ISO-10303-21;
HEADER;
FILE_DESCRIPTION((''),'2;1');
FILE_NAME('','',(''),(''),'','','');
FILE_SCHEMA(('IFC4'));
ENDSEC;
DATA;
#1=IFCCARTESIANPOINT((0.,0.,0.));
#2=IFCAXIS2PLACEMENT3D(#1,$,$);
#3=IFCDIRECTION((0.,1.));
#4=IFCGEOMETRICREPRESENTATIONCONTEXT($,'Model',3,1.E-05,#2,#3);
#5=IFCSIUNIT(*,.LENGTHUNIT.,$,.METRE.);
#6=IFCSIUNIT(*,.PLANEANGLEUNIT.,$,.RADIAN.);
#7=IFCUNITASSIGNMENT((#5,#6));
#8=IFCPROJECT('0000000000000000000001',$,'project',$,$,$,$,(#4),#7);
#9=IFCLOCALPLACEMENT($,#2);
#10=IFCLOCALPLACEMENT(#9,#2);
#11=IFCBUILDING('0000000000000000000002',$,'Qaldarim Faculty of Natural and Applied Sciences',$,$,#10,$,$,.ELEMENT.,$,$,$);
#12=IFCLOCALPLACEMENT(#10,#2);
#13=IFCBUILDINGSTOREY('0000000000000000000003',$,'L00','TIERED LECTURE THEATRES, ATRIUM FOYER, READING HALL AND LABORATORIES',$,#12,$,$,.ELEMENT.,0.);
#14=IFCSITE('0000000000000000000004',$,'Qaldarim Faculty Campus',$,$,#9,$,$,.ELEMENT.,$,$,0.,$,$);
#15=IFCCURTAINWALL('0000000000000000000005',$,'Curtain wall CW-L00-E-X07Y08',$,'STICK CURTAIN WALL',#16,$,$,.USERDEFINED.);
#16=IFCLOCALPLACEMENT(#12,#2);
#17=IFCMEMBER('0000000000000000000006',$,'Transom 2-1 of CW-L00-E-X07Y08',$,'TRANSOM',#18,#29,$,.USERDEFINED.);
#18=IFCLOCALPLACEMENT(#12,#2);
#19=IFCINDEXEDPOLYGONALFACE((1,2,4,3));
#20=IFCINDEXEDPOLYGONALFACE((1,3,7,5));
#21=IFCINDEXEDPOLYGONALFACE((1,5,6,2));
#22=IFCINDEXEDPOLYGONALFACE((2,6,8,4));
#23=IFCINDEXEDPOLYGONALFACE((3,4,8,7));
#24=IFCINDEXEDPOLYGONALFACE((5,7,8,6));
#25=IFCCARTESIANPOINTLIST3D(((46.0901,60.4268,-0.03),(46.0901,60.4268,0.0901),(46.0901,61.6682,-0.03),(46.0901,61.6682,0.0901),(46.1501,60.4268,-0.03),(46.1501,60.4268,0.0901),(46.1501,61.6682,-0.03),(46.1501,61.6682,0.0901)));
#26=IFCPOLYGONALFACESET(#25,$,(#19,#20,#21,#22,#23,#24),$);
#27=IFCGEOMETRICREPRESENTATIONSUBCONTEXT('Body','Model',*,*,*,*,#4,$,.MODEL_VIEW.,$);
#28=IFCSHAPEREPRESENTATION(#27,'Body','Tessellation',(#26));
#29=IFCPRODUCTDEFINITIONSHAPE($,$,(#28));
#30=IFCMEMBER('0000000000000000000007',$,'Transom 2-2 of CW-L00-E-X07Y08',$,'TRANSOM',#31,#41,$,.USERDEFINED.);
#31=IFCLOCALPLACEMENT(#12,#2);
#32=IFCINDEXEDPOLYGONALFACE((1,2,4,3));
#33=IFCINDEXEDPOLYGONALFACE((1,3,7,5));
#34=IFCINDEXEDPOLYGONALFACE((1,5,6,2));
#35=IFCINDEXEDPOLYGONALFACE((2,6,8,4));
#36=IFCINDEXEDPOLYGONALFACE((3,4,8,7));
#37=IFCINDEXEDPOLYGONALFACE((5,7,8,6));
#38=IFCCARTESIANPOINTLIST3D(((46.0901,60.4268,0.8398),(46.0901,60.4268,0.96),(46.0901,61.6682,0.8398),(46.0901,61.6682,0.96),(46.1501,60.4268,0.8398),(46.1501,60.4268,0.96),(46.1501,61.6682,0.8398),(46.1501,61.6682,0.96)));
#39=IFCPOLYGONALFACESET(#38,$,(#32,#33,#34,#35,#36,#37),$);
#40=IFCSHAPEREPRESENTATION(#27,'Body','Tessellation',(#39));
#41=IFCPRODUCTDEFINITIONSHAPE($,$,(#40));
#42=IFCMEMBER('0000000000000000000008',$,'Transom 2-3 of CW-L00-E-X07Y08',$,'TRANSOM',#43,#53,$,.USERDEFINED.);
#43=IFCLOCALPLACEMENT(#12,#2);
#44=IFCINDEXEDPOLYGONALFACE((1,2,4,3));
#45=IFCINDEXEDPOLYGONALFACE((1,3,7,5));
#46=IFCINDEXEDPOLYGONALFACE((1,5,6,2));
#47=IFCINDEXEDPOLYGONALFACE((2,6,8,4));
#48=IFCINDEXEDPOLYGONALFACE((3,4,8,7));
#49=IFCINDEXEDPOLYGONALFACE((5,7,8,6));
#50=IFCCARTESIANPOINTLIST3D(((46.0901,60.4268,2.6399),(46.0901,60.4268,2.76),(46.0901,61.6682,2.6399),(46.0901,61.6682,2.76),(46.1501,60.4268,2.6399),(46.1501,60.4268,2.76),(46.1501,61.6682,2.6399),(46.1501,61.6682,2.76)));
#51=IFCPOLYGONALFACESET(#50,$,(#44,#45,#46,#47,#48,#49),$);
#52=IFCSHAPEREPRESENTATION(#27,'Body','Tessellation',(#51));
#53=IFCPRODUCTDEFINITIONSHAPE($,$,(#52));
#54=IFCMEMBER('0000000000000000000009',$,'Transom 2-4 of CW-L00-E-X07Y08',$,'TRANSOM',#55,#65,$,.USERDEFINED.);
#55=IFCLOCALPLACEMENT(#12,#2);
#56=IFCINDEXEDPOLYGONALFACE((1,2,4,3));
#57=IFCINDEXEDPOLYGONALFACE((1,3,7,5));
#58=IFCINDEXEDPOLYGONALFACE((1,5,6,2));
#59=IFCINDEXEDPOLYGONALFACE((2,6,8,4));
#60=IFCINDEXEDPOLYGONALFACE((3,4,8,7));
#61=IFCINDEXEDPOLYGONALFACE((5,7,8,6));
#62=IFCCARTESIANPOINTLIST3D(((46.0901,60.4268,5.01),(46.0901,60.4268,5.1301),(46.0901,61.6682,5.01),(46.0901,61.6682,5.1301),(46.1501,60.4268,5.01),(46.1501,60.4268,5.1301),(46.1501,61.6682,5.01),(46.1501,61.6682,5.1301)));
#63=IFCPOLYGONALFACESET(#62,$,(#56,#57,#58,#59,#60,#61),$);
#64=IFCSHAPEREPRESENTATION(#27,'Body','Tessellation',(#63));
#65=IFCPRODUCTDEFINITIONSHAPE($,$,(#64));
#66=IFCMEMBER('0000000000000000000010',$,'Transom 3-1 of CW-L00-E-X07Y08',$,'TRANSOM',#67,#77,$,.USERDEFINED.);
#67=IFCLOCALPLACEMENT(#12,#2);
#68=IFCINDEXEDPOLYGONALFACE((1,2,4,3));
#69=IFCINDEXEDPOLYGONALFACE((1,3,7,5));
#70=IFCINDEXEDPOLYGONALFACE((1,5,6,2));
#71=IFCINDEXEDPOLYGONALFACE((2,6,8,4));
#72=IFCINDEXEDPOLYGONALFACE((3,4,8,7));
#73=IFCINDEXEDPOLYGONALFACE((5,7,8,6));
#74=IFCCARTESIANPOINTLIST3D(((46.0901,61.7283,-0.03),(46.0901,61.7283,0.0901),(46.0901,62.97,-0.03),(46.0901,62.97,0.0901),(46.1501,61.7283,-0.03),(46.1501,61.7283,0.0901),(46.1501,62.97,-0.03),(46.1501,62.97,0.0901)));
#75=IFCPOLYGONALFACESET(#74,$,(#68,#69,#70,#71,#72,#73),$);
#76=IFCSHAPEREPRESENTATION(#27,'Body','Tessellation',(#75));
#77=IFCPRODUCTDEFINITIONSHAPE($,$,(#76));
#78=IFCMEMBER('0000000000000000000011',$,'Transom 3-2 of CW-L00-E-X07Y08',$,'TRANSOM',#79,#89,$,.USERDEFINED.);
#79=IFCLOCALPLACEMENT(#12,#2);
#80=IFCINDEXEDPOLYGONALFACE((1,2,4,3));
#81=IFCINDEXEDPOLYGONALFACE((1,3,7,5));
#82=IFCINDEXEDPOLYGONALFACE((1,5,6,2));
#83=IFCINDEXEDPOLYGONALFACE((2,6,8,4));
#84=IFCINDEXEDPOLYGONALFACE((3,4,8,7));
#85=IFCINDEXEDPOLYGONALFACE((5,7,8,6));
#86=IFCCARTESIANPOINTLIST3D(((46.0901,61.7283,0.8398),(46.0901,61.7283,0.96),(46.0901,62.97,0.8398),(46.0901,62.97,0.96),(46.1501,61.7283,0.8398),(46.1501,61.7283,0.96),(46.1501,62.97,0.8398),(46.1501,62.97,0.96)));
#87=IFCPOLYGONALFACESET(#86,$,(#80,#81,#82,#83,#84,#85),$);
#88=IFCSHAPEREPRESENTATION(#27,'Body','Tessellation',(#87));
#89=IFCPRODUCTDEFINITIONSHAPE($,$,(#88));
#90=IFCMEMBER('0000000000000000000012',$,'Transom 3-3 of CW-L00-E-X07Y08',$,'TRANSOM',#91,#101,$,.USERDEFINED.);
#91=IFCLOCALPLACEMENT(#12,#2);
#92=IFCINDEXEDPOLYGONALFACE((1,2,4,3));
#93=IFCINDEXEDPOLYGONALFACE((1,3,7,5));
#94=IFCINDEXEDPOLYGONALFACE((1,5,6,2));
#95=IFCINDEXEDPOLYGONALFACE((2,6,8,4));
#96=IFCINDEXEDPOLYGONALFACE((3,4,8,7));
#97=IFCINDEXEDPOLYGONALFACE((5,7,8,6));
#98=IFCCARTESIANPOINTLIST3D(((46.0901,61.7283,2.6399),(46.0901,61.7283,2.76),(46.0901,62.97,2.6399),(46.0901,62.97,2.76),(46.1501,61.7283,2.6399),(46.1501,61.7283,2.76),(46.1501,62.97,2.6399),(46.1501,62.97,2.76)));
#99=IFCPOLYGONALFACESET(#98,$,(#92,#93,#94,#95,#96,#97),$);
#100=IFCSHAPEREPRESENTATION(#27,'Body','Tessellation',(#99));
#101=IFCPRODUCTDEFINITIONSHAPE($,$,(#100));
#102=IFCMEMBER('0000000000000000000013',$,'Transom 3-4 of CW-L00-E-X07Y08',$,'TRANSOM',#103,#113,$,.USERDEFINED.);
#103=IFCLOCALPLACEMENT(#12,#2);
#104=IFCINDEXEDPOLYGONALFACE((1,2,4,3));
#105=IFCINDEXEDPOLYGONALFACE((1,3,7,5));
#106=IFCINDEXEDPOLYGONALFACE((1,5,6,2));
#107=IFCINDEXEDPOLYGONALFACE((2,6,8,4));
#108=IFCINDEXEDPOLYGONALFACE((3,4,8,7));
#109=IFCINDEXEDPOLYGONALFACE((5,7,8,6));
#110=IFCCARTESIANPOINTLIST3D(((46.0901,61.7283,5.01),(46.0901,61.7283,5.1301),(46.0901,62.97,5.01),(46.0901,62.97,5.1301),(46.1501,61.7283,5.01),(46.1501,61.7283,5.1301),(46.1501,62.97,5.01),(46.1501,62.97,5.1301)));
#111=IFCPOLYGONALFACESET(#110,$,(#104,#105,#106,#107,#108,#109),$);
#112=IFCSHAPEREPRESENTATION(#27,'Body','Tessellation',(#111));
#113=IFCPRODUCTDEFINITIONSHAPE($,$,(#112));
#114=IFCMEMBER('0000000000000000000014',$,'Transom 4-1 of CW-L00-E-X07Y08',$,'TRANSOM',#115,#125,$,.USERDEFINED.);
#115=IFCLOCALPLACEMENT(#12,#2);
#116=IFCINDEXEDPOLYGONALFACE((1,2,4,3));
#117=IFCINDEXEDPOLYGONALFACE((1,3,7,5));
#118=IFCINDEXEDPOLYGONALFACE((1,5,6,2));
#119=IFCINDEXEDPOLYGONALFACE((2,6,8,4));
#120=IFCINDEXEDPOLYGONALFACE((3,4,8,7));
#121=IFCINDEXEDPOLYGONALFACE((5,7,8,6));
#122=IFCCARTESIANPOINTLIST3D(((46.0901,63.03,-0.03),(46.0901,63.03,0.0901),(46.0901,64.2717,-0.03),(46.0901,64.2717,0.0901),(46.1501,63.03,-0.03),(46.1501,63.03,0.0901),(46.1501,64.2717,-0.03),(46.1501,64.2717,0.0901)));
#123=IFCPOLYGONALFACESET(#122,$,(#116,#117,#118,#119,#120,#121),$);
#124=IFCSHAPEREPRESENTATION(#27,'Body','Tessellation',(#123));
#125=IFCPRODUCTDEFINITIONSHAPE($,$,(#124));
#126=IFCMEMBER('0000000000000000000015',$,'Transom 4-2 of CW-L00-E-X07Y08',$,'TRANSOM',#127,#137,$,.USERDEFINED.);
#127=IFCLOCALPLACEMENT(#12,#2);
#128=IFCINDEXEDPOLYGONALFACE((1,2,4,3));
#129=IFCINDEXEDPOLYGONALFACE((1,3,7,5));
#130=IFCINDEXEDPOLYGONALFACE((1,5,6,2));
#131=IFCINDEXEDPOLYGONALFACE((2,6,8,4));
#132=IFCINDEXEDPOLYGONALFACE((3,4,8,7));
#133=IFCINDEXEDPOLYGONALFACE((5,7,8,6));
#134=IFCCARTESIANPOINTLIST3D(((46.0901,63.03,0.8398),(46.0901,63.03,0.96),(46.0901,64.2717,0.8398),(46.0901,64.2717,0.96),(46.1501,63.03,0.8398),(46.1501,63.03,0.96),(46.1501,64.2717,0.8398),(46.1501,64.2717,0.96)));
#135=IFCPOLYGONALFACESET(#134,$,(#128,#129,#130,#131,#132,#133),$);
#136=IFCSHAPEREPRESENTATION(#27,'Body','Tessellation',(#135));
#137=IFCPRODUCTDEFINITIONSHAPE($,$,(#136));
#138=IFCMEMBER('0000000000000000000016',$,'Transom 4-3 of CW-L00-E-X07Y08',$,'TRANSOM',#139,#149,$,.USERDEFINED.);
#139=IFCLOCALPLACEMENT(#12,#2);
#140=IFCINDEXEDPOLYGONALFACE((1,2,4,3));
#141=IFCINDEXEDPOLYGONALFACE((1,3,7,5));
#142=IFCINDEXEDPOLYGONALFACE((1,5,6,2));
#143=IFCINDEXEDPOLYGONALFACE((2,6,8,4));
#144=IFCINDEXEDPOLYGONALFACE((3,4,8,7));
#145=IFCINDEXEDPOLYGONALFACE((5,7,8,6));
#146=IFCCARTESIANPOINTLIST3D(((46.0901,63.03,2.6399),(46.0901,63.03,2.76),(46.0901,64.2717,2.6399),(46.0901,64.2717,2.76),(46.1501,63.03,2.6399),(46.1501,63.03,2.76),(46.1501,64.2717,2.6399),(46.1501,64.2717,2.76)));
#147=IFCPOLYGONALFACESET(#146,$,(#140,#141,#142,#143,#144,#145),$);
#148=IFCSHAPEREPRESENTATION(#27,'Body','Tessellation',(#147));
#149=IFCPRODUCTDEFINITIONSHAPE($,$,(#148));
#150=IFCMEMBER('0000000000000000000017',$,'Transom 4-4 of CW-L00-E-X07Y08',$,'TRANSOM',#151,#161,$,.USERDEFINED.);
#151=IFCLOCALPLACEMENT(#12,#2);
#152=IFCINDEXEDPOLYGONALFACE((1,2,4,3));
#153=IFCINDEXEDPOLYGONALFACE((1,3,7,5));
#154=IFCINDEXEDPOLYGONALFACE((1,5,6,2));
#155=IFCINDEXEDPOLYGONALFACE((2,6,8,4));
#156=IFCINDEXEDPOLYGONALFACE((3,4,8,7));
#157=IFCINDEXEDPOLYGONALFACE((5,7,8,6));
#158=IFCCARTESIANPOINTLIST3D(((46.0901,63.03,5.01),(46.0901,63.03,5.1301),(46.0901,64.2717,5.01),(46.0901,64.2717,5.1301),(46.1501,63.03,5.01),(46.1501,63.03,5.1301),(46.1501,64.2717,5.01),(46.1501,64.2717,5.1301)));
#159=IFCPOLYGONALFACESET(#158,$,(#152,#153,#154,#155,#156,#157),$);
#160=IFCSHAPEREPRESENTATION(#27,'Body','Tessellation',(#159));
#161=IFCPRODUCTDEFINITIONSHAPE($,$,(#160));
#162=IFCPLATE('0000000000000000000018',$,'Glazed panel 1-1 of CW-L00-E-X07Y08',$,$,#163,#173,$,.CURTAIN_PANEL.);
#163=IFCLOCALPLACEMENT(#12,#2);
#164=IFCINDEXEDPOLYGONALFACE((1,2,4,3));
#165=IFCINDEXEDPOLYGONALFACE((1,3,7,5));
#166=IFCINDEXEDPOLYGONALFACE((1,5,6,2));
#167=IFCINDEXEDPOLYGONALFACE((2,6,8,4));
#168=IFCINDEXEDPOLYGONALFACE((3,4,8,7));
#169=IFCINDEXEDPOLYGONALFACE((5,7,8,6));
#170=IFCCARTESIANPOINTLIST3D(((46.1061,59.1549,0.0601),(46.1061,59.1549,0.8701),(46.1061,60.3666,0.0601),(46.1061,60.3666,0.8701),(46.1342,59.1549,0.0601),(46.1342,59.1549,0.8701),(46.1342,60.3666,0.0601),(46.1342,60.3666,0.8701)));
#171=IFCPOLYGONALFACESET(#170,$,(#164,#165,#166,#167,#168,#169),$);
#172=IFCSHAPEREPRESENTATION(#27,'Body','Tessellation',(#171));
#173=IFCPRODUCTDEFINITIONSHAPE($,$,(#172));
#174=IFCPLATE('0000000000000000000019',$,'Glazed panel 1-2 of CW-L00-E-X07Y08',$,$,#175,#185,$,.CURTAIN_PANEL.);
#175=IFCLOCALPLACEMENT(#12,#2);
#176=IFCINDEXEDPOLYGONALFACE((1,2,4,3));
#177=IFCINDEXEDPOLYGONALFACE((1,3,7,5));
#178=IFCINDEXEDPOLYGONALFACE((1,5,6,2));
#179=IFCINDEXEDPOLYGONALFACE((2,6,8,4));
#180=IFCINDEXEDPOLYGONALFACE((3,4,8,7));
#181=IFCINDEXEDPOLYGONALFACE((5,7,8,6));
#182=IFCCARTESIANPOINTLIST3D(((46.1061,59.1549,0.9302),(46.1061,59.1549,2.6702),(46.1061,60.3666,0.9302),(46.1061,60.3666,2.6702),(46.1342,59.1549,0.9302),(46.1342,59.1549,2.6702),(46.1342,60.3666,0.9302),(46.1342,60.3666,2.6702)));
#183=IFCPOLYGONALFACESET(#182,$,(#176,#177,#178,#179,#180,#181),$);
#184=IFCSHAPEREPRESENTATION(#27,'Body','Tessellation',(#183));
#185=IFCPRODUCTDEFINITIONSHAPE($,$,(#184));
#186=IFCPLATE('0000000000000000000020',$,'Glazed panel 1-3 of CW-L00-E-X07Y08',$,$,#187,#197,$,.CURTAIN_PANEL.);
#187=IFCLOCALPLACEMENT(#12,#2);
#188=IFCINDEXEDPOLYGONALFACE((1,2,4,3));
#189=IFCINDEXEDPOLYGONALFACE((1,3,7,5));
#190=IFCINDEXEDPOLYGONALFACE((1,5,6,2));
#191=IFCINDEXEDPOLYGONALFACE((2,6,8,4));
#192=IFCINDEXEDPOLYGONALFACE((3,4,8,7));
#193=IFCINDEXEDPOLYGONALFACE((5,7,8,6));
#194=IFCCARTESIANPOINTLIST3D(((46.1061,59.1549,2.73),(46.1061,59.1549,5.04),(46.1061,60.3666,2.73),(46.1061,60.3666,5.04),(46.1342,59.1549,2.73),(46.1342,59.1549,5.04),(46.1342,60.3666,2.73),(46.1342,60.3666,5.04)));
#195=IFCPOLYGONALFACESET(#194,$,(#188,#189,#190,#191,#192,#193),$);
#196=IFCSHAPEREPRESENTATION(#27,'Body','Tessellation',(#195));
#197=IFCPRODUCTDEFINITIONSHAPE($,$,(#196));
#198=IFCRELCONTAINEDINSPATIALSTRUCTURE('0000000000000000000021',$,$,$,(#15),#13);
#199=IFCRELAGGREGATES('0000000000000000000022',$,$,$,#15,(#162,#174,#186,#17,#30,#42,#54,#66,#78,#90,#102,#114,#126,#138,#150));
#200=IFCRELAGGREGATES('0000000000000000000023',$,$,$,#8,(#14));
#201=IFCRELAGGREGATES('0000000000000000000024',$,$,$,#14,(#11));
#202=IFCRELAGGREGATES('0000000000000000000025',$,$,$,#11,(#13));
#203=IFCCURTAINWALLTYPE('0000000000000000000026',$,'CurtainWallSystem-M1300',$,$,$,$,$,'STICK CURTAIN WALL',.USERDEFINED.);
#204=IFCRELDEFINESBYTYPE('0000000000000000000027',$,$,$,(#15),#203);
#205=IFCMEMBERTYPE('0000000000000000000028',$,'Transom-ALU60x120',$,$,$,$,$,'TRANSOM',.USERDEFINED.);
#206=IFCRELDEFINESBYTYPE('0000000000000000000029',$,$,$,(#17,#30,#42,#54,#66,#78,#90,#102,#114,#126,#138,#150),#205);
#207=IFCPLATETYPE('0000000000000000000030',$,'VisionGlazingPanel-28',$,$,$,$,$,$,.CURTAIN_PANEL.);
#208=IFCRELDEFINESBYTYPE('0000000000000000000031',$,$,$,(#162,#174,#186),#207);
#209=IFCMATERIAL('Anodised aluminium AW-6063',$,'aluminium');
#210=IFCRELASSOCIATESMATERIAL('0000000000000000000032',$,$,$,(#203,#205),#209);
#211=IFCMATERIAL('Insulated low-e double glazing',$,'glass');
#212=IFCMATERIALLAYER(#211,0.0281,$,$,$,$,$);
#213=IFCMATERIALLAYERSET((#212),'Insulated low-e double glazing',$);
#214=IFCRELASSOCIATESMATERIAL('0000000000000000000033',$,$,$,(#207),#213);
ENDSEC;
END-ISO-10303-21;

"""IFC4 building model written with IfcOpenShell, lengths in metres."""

from ifc_helpers import new_model, si_unit, direction, frame, origin, origin_2d, place, context, subcontext, project, spatial, rectangle, extrude, material, layer, layer_set, material_profile, profile_set, type_object, element, aggregate, save


model = new_model("IFC4")

# Units and contexts
model_context = context("Model", 3, precision=1e-05, world=origin(), true_north=direction((0.0, 1.0)))
body_context = subcontext(model_context, "Body", "Model", "MODEL_VIEW")
ifc_project = project(units=[si_unit("LENGTHUNIT", "METRE"), si_unit("PLANEANGLEUNIT", "RADIAN")], contexts=[model_context])

# Site, building, storey
site_placement = place(None, origin())
site = spatial("IfcSite", under=ifc_project, at=site_placement, Name="Qaldarim Faculty Campus", CompositionType="ELEMENT", RefElevation=0.0)
building_placement = place(site_placement, origin())
building = spatial("IfcBuilding", under=site, at=building_placement, Name="Qaldarim Faculty of Natural and Applied Sciences", CompositionType="ELEMENT")
storey_placement = place(building_placement, origin())
storey = spatial("IfcBuildingStorey", under=building, at=storey_placement, Name="L00", Description="TIERED LECTURE THEATRES, ATRIUM FOYER, READING HALL AND LABORATORIES", CompositionType="ELEMENT", Elevation=0.0)

# Curtain wall
ifc_material_1 = material(Name="Anodised aluminium AW-6063", Category="aluminium")
curtain_wall_type = type_object("IfcCurtainWallType", Name="CurtainWallSystem-M1300", ElementType="STICK CURTAIN WALL", PredefinedType="USERDEFINED", material=ifc_material_1)
curtain_wall_placement = place(storey_placement, origin())
curtain_wall = element("IfcCurtainWall", 1, at=curtain_wall_placement, inside=storey, type_object=curtain_wall_type, Name="Curtain wall CW-L00-E-X07Y08", ObjectType="STICK CURTAIN WALL", PredefinedType="USERDEFINED")

# Members
ifc_material_profile_1 = material_profile(ifc_material_1, rectangle(XDim=0.0601, YDim=0.1201, at=origin_2d()), Name="ALU-T60x120")
ifc_profile_set_1 = profile_set([ifc_material_profile_1], Name="Anodised aluminium AW-6063")
member_type_1 = type_object("IfcMemberType", Name="Transom-ALU60x120", ElementType="TRANSOM", PredefinedType="USERDEFINED", material=ifc_profile_set_1)
member_1_placement = place(storey_placement, frame((46.1201, 60.4268, 0.03), z_axis=(0.0, 1.0, 0.0), x_axis=(-1.0, 0.0, 0.0)))
member_1 = element("IfcMember", 2, at=member_1_placement, type_object=member_type_1, Name="Transom 2-1 of CW-L00-E-X07Y08", ObjectType="TRANSOM", PredefinedType="USERDEFINED", context=body_context, shape_type="SweptSolid", body=[
    extrude(rectangle(XDim=0.0601, YDim=0.1201, at=origin_2d()), origin(), (0.0, 0.0, 1.0), 1.2415),
])
member_2_placement = place(storey_placement, frame((46.1201, 60.4268, 0.8999), z_axis=(0.0, 1.0, 0.0), x_axis=(-1.0, 0.0, 0.0)))
member_2 = element("IfcMember", 3, at=member_2_placement, type_object=member_type_1, Name="Transom 2-2 of CW-L00-E-X07Y08", ObjectType="TRANSOM", PredefinedType="USERDEFINED", context=body_context, shape_type="SweptSolid", body=[
    extrude(rectangle(XDim=0.0601, YDim=0.1201, at=origin_2d()), origin(), (0.0, 0.0, 1.0), 1.2415),
])
member_3_placement = place(storey_placement, frame((46.1201, 60.4268, 2.7), z_axis=(0.0, 1.0, 0.0), x_axis=(-1.0, 0.0, 0.0)))
member_3 = element("IfcMember", 4, at=member_3_placement, type_object=member_type_1, Name="Transom 2-3 of CW-L00-E-X07Y08", ObjectType="TRANSOM", PredefinedType="USERDEFINED", context=body_context, shape_type="SweptSolid", body=[
    extrude(rectangle(XDim=0.0601, YDim=0.1201, at=origin_2d()), origin(), (0.0, 0.0, 1.0), 1.2415),
])
member_4_placement = place(storey_placement, frame((46.1201, 60.4268, 5.0701), z_axis=(0.0, 1.0, 0.0), x_axis=(-1.0, 0.0, 0.0)))
member_4 = element("IfcMember", 5, at=member_4_placement, type_object=member_type_1, Name="Transom 2-4 of CW-L00-E-X07Y08", ObjectType="TRANSOM", PredefinedType="USERDEFINED", context=body_context, shape_type="SweptSolid", body=[
    extrude(rectangle(XDim=0.0601, YDim=0.1201, at=origin_2d()), origin(), (0.0, 0.0, 1.0), 1.2415),
])
member_5_placement = place(storey_placement, frame((46.1201, 61.7283, 0.03), z_axis=(0.0, 1.0, 0.0), x_axis=(-1.0, 0.0, 0.0)))
member_5 = element("IfcMember", 6, at=member_5_placement, type_object=member_type_1, Name="Transom 3-1 of CW-L00-E-X07Y08", ObjectType="TRANSOM", PredefinedType="USERDEFINED", context=body_context, shape_type="SweptSolid", body=[
    extrude(rectangle(XDim=0.0601, YDim=0.1201, at=origin_2d()), origin(), (0.0, 0.0, 1.0), 1.2417),
])
member_6_placement = place(storey_placement, frame((46.1201, 61.7283, 0.8999), z_axis=(0.0, 1.0, 0.0), x_axis=(-1.0, 0.0, 0.0)))
member_6 = element("IfcMember", 7, at=member_6_placement, type_object=member_type_1, Name="Transom 3-2 of CW-L00-E-X07Y08", ObjectType="TRANSOM", PredefinedType="USERDEFINED", context=body_context, shape_type="SweptSolid", body=[
    extrude(rectangle(XDim=0.0601, YDim=0.1201, at=origin_2d()), origin(), (0.0, 0.0, 1.0), 1.2417),
])
member_7_placement = place(storey_placement, frame((46.1201, 61.7283, 2.7), z_axis=(0.0, 1.0, 0.0), x_axis=(-1.0, 0.0, 0.0)))
member_7 = element("IfcMember", 8, at=member_7_placement, type_object=member_type_1, Name="Transom 3-3 of CW-L00-E-X07Y08", ObjectType="TRANSOM", PredefinedType="USERDEFINED", context=body_context, shape_type="SweptSolid", body=[
    extrude(rectangle(XDim=0.0601, YDim=0.1201, at=origin_2d()), origin(), (0.0, 0.0, 1.0), 1.2417),
])
member_8_placement = place(storey_placement, frame((46.1201, 61.7283, 5.0701), z_axis=(0.0, 1.0, 0.0), x_axis=(-1.0, 0.0, 0.0)))
member_8 = element("IfcMember", 9, at=member_8_placement, type_object=member_type_1, Name="Transom 3-4 of CW-L00-E-X07Y08", ObjectType="TRANSOM", PredefinedType="USERDEFINED", context=body_context, shape_type="SweptSolid", body=[
    extrude(rectangle(XDim=0.0601, YDim=0.1201, at=origin_2d()), origin(), (0.0, 0.0, 1.0), 1.2417),
])
member_9_placement = place(storey_placement, frame((46.1201, 63.03, 0.03), z_axis=(0.0, 1.0, 0.0), x_axis=(-1.0, 0.0, 0.0)))
member_9 = element("IfcMember", 10, at=member_9_placement, type_object=member_type_1, Name="Transom 4-1 of CW-L00-E-X07Y08", ObjectType="TRANSOM", PredefinedType="USERDEFINED", context=body_context, shape_type="SweptSolid", body=[
    extrude(rectangle(XDim=0.0601, YDim=0.1201, at=origin_2d()), origin(), (0.0, 0.0, 1.0), 1.2417),
])
member_10_placement = place(storey_placement, frame((46.1201, 63.03, 0.8999), z_axis=(0.0, 1.0, 0.0), x_axis=(-1.0, 0.0, 0.0)))
member_10 = element("IfcMember", 11, at=member_10_placement, type_object=member_type_1, Name="Transom 4-2 of CW-L00-E-X07Y08", ObjectType="TRANSOM", PredefinedType="USERDEFINED", context=body_context, shape_type="SweptSolid", body=[
    extrude(rectangle(XDim=0.0601, YDim=0.1201, at=origin_2d()), origin(), (0.0, 0.0, 1.0), 1.2417),
])
member_11_placement = place(storey_placement, frame((46.1201, 63.03, 2.7), z_axis=(0.0, 1.0, 0.0), x_axis=(-1.0, 0.0, 0.0)))
member_11 = element("IfcMember", 12, at=member_11_placement, type_object=member_type_1, Name="Transom 4-3 of CW-L00-E-X07Y08", ObjectType="TRANSOM", PredefinedType="USERDEFINED", context=body_context, shape_type="SweptSolid", body=[
    extrude(rectangle(XDim=0.0601, YDim=0.1201, at=origin_2d()), origin(), (0.0, 0.0, 1.0), 1.2417),
])
member_12_placement = place(storey_placement, frame((46.1201, 63.03, 5.0701), z_axis=(0.0, 1.0, 0.0), x_axis=(-1.0, 0.0, 0.0)))
member_12 = element("IfcMember", 13, at=member_12_placement, type_object=member_type_1, Name="Transom 4-4 of CW-L00-E-X07Y08", ObjectType="TRANSOM", PredefinedType="USERDEFINED", context=body_context, shape_type="SweptSolid", body=[
    extrude(rectangle(XDim=0.0601, YDim=0.1201, at=origin_2d()), origin(), (0.0, 0.0, 1.0), 1.2417),
])

# Plates
ifc_material_2 = material(Name="Insulated low-e double glazing", Category="glass")
ifc_layer = layer(ifc_material_2, 0.0281)
ifc_layer_set = layer_set([ifc_layer], Name="Insulated low-e double glazing")
plate_type = type_object("IfcPlateType", Name="VisionGlazingPanel-28", PredefinedType="CURTAIN_PANEL", material=ifc_layer_set)
plate_1_placement = place(storey_placement, frame((46.1201, 59.7607, 0.0601), z_axis=(0.0, 0.0, 1.0), x_axis=(0.0, 1.0, 0.0)))
plate_1 = element("IfcPlate", 14, at=plate_1_placement, type_object=plate_type, Name="Glazed panel 1-1 of CW-L00-E-X07Y08", PredefinedType="CURTAIN_PANEL", context=body_context, shape_type="SweptSolid", body=[
    extrude(rectangle(XDim=1.2117, YDim=0.0281, at=origin_2d()), origin(), (0.0, 0.0, 1.0), 0.8101),
])
plate_2_placement = place(storey_placement, frame((46.1201, 59.7607, 0.9302), z_axis=(0.0, 0.0, 1.0), x_axis=(0.0, 1.0, 0.0)))
plate_2 = element("IfcPlate", 15, at=plate_2_placement, type_object=plate_type, Name="Glazed panel 1-2 of CW-L00-E-X07Y08", PredefinedType="CURTAIN_PANEL", context=body_context, shape_type="SweptSolid", body=[
    extrude(rectangle(XDim=1.2117, YDim=0.0281, at=origin_2d()), origin(), (0.0, 0.0, 1.0), 1.74),
])
plate_3_placement = place(storey_placement, frame((46.1201, 59.7607, 2.73), z_axis=(0.0, 0.0, 1.0), x_axis=(0.0, 1.0, 0.0)))
plate_3 = element("IfcPlate", 16, at=plate_3_placement, type_object=plate_type, Name="Glazed panel 1-3 of CW-L00-E-X07Y08", PredefinedType="CURTAIN_PANEL", context=body_context, shape_type="SweptSolid", body=[
    extrude(rectangle(XDim=1.2117, YDim=0.0281, at=origin_2d()), origin(), (0.0, 0.0, 1.0), 2.3101),
])
aggregate(curtain_wall, [plate_1, plate_2, plate_3, member_1, member_2, member_3, member_4, member_5, member_6, member_7, member_8, member_9, member_10, member_11, member_12])

save(model, "model.ifc")
